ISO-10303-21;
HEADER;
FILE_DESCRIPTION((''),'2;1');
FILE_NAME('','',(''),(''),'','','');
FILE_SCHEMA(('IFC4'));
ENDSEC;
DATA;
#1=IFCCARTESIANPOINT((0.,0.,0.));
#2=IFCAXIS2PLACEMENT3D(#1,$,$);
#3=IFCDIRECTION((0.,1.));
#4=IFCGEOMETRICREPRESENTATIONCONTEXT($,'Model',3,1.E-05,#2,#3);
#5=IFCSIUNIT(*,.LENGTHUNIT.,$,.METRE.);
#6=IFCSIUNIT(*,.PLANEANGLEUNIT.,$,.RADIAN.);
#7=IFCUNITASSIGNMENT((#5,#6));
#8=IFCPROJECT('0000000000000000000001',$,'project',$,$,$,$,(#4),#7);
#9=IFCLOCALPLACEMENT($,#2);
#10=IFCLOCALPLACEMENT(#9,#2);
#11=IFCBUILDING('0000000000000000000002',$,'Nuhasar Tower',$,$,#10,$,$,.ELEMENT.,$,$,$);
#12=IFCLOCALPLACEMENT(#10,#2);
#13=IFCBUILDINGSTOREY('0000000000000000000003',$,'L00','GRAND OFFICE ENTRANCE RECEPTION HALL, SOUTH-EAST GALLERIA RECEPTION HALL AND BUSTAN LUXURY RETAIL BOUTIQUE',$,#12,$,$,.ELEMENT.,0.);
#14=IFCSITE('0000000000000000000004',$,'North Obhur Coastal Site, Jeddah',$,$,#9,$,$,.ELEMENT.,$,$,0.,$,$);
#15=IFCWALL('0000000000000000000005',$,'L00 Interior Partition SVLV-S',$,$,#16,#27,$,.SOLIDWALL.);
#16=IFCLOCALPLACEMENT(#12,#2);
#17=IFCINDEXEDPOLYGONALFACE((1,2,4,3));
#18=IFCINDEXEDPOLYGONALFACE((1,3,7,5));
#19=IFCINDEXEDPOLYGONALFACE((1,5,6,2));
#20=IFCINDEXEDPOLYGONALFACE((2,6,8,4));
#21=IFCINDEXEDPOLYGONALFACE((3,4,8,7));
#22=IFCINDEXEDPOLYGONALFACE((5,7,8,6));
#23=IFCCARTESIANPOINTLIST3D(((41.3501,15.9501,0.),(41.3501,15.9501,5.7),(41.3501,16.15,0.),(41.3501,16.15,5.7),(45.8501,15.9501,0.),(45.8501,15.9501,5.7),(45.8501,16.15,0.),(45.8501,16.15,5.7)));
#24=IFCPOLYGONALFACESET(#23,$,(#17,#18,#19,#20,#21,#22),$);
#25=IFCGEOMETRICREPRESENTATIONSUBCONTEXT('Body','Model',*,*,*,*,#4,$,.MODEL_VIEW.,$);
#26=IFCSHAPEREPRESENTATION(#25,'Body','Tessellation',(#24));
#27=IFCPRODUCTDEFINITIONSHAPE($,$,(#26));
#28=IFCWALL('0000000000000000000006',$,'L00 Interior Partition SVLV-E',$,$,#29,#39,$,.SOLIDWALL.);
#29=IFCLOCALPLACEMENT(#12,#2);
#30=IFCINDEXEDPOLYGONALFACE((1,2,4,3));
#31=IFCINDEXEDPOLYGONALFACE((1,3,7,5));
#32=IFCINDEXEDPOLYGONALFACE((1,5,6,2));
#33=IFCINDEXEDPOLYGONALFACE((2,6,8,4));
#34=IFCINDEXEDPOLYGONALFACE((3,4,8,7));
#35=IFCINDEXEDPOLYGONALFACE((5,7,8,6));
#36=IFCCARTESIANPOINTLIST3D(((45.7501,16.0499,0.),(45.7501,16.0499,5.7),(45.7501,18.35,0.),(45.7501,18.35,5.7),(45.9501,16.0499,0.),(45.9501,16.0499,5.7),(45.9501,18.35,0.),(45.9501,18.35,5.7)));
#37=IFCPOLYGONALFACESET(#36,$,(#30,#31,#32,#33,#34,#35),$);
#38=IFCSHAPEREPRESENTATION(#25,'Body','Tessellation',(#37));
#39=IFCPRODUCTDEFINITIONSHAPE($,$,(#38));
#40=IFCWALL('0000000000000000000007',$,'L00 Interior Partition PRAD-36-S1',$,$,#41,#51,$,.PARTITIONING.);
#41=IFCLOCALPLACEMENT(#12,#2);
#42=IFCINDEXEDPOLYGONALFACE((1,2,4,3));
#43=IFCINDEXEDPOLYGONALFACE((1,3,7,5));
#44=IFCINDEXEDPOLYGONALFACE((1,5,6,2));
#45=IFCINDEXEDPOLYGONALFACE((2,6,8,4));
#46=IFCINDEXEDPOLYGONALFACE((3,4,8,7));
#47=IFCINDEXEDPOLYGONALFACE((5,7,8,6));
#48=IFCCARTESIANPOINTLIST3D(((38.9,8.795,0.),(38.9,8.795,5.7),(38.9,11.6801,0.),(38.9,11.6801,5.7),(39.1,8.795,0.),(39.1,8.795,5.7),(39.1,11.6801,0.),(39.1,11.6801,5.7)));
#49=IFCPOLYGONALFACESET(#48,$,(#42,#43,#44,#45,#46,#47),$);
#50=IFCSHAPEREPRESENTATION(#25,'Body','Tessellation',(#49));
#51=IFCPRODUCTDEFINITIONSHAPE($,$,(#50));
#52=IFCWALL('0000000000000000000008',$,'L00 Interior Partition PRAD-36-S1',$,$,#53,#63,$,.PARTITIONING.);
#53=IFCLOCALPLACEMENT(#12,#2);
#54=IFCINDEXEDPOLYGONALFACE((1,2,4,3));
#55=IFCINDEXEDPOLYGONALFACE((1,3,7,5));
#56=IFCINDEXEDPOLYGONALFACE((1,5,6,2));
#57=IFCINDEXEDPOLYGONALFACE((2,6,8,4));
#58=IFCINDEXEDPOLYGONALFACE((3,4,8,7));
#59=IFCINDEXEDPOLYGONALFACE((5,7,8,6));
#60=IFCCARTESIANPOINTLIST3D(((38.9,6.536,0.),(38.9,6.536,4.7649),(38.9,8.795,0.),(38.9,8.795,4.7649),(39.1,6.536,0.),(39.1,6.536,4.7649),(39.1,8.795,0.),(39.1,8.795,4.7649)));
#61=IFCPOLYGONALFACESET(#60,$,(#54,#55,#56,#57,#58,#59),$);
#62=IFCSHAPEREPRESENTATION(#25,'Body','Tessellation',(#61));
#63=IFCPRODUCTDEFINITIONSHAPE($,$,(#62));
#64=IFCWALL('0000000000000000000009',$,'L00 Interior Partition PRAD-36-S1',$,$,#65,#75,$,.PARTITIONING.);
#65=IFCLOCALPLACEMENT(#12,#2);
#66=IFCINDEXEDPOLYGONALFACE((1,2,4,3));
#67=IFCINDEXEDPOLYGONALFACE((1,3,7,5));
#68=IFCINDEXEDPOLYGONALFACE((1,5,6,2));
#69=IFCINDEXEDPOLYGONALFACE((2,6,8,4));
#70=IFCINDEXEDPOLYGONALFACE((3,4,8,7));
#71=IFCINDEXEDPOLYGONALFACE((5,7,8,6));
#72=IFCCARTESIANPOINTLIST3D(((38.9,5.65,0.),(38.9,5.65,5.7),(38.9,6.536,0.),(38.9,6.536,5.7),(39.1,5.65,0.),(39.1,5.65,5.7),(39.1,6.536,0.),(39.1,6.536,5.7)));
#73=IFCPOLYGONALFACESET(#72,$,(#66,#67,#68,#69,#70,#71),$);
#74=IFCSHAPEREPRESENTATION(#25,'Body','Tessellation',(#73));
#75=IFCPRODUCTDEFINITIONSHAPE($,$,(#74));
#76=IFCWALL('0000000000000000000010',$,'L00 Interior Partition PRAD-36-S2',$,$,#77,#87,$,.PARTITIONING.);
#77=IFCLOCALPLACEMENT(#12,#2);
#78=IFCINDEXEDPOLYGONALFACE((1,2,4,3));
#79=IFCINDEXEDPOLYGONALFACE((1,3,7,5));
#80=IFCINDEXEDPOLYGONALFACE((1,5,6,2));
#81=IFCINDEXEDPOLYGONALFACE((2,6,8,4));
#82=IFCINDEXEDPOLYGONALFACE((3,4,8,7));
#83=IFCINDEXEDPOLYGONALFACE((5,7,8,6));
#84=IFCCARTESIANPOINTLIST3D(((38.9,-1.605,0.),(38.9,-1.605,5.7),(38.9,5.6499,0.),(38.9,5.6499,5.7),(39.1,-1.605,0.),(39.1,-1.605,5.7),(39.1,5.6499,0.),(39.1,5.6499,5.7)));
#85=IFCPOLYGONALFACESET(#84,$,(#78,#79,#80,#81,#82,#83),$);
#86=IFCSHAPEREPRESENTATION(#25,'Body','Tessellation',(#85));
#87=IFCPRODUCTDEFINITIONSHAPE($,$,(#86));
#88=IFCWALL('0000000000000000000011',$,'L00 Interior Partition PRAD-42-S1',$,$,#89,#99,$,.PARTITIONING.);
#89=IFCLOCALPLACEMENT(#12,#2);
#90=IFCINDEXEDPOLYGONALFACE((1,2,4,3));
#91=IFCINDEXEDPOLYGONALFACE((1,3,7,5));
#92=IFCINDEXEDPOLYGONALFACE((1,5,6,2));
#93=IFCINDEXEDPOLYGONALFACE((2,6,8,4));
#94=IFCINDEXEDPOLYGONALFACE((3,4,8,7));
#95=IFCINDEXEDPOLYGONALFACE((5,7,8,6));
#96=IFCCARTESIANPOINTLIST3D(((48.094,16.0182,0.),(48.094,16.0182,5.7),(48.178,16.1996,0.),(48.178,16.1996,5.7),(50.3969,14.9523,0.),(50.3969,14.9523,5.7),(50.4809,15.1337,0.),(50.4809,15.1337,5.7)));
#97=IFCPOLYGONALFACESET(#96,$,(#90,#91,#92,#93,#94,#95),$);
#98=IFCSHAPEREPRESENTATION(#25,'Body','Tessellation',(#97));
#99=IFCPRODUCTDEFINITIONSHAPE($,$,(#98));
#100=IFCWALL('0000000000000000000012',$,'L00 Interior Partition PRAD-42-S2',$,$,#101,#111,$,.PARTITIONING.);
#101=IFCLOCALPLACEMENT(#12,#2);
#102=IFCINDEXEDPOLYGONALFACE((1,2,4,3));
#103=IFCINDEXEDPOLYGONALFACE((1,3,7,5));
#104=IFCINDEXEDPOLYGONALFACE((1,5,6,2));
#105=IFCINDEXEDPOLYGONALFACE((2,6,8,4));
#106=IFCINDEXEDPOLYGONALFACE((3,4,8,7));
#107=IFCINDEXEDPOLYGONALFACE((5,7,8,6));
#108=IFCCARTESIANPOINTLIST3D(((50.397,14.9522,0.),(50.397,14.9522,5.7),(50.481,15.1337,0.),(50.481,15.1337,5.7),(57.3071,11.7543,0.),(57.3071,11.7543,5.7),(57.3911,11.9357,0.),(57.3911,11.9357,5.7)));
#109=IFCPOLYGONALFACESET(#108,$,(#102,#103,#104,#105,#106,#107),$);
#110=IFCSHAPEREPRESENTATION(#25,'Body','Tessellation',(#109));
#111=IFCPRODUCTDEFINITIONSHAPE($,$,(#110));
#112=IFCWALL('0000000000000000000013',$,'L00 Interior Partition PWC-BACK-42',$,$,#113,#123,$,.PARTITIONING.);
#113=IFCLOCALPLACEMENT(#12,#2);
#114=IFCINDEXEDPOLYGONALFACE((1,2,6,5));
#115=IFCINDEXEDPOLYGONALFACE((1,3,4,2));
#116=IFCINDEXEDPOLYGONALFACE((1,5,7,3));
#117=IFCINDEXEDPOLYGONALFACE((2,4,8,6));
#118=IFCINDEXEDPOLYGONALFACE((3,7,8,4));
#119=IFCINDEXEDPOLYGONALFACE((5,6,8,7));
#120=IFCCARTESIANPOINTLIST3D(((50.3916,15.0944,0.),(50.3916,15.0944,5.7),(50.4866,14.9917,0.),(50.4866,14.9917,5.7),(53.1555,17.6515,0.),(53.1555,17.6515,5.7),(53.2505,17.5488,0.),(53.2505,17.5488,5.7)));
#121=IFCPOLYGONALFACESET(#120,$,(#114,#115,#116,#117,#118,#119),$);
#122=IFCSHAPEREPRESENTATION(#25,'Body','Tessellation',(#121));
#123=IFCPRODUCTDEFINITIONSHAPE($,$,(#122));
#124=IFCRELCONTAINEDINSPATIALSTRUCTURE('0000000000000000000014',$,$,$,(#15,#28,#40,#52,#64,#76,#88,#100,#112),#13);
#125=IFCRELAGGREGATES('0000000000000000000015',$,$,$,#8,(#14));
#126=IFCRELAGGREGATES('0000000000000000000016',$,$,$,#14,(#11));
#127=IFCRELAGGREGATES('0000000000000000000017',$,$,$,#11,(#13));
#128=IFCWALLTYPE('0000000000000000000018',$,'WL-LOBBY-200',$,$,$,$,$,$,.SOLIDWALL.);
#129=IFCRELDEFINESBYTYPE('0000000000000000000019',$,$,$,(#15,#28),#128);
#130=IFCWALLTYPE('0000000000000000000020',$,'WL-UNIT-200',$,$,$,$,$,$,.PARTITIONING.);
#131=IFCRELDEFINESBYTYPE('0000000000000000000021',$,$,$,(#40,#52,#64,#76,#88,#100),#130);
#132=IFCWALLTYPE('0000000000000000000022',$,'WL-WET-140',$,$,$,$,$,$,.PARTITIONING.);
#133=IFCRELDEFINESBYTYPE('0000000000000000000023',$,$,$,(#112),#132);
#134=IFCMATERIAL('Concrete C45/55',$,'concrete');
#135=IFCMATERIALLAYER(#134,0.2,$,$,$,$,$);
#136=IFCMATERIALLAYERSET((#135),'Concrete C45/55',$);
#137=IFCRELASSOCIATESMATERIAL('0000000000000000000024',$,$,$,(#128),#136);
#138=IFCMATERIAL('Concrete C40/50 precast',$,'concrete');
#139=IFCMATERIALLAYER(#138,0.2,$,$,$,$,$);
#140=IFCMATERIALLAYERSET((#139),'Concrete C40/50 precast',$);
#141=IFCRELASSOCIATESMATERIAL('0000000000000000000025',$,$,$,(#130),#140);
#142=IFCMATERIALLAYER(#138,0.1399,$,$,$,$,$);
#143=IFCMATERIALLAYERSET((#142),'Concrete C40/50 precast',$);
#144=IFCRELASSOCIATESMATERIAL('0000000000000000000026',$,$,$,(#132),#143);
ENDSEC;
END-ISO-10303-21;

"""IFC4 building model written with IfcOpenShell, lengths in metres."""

from ifc_helpers import new_model, si_unit, direction, frame, frame_2d, origin, place, context, subcontext, project, spatial, rectangle, extrude, material, layer, layer_set, type_object, element, save


model = new_model("IFC4")

# Units and contexts
model_context = context("Model", 3, precision=1e-05, world=origin(), true_north=direction((0.0, 1.0)))
body_context = subcontext(model_context, "Body", "Model", "MODEL_VIEW")
ifc_project = project(units=[si_unit("LENGTHUNIT", "METRE"), si_unit("PLANEANGLEUNIT", "RADIAN")], contexts=[model_context])

# Site, building, storey
site_placement = place(None, origin())
site = spatial("IfcSite", under=ifc_project, at=site_placement, Name="North Obhur Coastal Site, Jeddah", CompositionType="ELEMENT", RefElevation=0.0)
building_placement = place(site_placement, origin())
building = spatial("IfcBuilding", under=site, at=building_placement, Name="Nuhasar Tower", CompositionType="ELEMENT")
storey_placement = place(building_placement, origin())
storey = spatial("IfcBuildingStorey", under=building, at=storey_placement, Name="L00", Description="GRAND OFFICE ENTRANCE RECEPTION HALL, SOUTH-EAST GALLERIA RECEPTION HALL AND BUSTAN LUXURY RETAIL BOUTIQUE", CompositionType="ELEMENT", Elevation=0.0)

# Shared definitions
ifc_material_1 = material(Name="Concrete C45/55", Category="concrete")
ifc_layer_1 = layer(ifc_material_1, 0.2)
ifc_layer_set_1 = layer_set([ifc_layer_1], Name="Concrete C45/55")
wall_type_1 = type_object("IfcWallType", Name="WL-LOBBY-200", PredefinedType="SOLIDWALL", material=ifc_layer_set_1)

# Walls
wall_1_placement = place(storey_placement, frame((41.3501, 16.05, 0.0), z_axis=(0.0, 0.0, 1.0), x_axis=(1.0, 0.0, 0.0)))
element("IfcWall", 1, at=wall_1_placement, inside=storey, type_object=wall_type_1, Name="L00 Interior Partition SVLV-S", PredefinedType="SOLIDWALL", context=body_context, shape_type="SweptSolid", body=[
    extrude(rectangle(XDim=4.5, YDim=0.2, at=frame_2d((2.25, 0.0))), origin(), (0.0, 0.0, 1.0), 5.7),
])
wall_2_placement = place(storey_placement, frame((45.8501, 16.05, 0.0), z_axis=(0.0, 0.0, 1.0), x_axis=(0.0, 1.0, 0.0)))
element("IfcWall", 2, at=wall_2_placement, inside=storey, type_object=wall_type_1, Name="L00 Interior Partition SVLV-E", PredefinedType="SOLIDWALL", context=body_context, shape_type="SweptSolid", body=[
    extrude(rectangle(XDim=2.3, YDim=0.2, at=frame_2d((1.1499, 0.0))), origin(), (0.0, 0.0, 1.0), 5.7),
])
ifc_material_2 = material(Name="Concrete C40/50 precast", Category="concrete")
ifc_layer_2 = layer(ifc_material_2, 0.2)
ifc_layer_set_2 = layer_set([ifc_layer_2], Name="Concrete C40/50 precast")
wall_type_2 = type_object("IfcWallType", Name="WL-UNIT-200", PredefinedType="PARTITIONING", material=ifc_layer_set_2)
wall_3_placement = place(storey_placement, frame((39.0, 11.6799, 0.0), z_axis=(0.0, 0.0, 1.0), x_axis=(0.0, -1.0, 0.0)))
element("IfcWall", 3, at=wall_3_placement, inside=storey, type_object=wall_type_2, Name="L00 Interior Partition PRAD-36-S1", PredefinedType="PARTITIONING", context=body_context, shape_type="SweptSolid", body=[
    extrude(rectangle(XDim=2.885, YDim=0.2, at=frame_2d((1.4424, 0.0))), origin(), (0.0, 0.0, 1.0), 5.7),
])
wall_4_placement = place(storey_placement, frame((39.0, 8.7949, 0.0), z_axis=(0.0, 0.0, 1.0), x_axis=(0.0, -1.0, 0.0)))
element("IfcWall", 4, at=wall_4_placement, inside=storey, type_object=wall_type_2, Name="L00 Interior Partition PRAD-36-S1", PredefinedType="PARTITIONING", context=body_context, shape_type="SweptSolid", body=[
    extrude(rectangle(XDim=2.259, YDim=0.2, at=frame_2d((1.1294, 0.0))), origin(), (0.0, 0.0, 1.0), 4.7649),
])
wall_5_placement = place(storey_placement, frame((39.0, 6.5359, 0.0), z_axis=(0.0, 0.0, 1.0), x_axis=(0.0, -1.0, 0.0)))
element("IfcWall", 5, at=wall_5_placement, inside=storey, type_object=wall_type_2, Name="L00 Interior Partition PRAD-36-S1", PredefinedType="PARTITIONING", context=body_context, shape_type="SweptSolid", body=[
    extrude(rectangle(XDim=0.886, YDim=0.2, at=frame_2d((0.4429, 0.0))), origin(), (0.0, 0.0, 1.0), 5.7),
])
wall_6_placement = place(storey_placement, frame((39.0, 5.6499, 0.0), z_axis=(0.0, 0.0, 1.0), x_axis=(0.0, -1.0, 0.0)))
element("IfcWall", 6, at=wall_6_placement, inside=storey, type_object=wall_type_2, Name="L00 Interior Partition PRAD-36-S2", PredefinedType="PARTITIONING", context=body_context, shape_type="SweptSolid", body=[
    extrude(rectangle(XDim=7.2549, YDim=0.2, at=frame_2d((3.6274, 0.0))), origin(), (0.0, 0.0, 1.0), 5.7),
])
wall_7_placement = place(storey_placement, frame((48.136, 16.1089, 0.0), z_axis=(0.0, 0.0, 1.0), x_axis=(0.907508, -0.420034, 0.0)))
element("IfcWall", 7, at=wall_7_placement, inside=storey, type_object=wall_type_2, Name="L00 Interior Partition PRAD-42-S1", PredefinedType="PARTITIONING", context=body_context, shape_type="SweptSolid", body=[
    extrude(rectangle(XDim=2.5376, YDim=0.2, at=frame_2d((1.2688, 0.0))), origin(), (0.0, 0.0, 1.0), 5.7),
])
wall_8_placement = place(storey_placement, frame((50.439, 15.043, 0.0), z_axis=(0.0, 0.0, 1.0), x_axis=(0.907524, -0.419999, 0.0)))
element("IfcWall", 8, at=wall_8_placement, inside=storey, type_object=wall_type_2, Name="L00 Interior Partition PRAD-42-S2", PredefinedType="PARTITIONING", context=body_context, shape_type="SweptSolid", body=[
    extrude(rectangle(XDim=7.6143, YDim=0.2, at=frame_2d((3.8071, 0.0))), origin(), (0.0, 0.0, 1.0), 5.7),
])
ifc_layer_3 = layer(ifc_material_2, 0.1399)
ifc_layer_set_3 = layer_set([ifc_layer_3], Name="Concrete C40/50 precast")
wall_type_3 = type_object("IfcWallType", Name="WL-WET-140", PredefinedType="PARTITIONING", material=ifc_layer_set_3)
wall_9_placement = place(storey_placement, frame((50.439, 15.043, 0.0), z_axis=(0.0, 0.0, 1.0), x_axis=(0.734032, 0.679114, 0.0)))
element("IfcWall", 9, at=wall_9_placement, inside=storey, type_object=wall_type_3, Name="L00 Interior Partition PWC-BACK-42", PredefinedType="PARTITIONING", context=body_context, shape_type="SweptSolid", body=[
    extrude(rectangle(XDim=3.7654, YDim=0.1399, at=frame_2d((1.8828, 0.0))), origin(), (0.0, 0.0, 1.0), 5.7),
])

save(model, "model.ifc")
